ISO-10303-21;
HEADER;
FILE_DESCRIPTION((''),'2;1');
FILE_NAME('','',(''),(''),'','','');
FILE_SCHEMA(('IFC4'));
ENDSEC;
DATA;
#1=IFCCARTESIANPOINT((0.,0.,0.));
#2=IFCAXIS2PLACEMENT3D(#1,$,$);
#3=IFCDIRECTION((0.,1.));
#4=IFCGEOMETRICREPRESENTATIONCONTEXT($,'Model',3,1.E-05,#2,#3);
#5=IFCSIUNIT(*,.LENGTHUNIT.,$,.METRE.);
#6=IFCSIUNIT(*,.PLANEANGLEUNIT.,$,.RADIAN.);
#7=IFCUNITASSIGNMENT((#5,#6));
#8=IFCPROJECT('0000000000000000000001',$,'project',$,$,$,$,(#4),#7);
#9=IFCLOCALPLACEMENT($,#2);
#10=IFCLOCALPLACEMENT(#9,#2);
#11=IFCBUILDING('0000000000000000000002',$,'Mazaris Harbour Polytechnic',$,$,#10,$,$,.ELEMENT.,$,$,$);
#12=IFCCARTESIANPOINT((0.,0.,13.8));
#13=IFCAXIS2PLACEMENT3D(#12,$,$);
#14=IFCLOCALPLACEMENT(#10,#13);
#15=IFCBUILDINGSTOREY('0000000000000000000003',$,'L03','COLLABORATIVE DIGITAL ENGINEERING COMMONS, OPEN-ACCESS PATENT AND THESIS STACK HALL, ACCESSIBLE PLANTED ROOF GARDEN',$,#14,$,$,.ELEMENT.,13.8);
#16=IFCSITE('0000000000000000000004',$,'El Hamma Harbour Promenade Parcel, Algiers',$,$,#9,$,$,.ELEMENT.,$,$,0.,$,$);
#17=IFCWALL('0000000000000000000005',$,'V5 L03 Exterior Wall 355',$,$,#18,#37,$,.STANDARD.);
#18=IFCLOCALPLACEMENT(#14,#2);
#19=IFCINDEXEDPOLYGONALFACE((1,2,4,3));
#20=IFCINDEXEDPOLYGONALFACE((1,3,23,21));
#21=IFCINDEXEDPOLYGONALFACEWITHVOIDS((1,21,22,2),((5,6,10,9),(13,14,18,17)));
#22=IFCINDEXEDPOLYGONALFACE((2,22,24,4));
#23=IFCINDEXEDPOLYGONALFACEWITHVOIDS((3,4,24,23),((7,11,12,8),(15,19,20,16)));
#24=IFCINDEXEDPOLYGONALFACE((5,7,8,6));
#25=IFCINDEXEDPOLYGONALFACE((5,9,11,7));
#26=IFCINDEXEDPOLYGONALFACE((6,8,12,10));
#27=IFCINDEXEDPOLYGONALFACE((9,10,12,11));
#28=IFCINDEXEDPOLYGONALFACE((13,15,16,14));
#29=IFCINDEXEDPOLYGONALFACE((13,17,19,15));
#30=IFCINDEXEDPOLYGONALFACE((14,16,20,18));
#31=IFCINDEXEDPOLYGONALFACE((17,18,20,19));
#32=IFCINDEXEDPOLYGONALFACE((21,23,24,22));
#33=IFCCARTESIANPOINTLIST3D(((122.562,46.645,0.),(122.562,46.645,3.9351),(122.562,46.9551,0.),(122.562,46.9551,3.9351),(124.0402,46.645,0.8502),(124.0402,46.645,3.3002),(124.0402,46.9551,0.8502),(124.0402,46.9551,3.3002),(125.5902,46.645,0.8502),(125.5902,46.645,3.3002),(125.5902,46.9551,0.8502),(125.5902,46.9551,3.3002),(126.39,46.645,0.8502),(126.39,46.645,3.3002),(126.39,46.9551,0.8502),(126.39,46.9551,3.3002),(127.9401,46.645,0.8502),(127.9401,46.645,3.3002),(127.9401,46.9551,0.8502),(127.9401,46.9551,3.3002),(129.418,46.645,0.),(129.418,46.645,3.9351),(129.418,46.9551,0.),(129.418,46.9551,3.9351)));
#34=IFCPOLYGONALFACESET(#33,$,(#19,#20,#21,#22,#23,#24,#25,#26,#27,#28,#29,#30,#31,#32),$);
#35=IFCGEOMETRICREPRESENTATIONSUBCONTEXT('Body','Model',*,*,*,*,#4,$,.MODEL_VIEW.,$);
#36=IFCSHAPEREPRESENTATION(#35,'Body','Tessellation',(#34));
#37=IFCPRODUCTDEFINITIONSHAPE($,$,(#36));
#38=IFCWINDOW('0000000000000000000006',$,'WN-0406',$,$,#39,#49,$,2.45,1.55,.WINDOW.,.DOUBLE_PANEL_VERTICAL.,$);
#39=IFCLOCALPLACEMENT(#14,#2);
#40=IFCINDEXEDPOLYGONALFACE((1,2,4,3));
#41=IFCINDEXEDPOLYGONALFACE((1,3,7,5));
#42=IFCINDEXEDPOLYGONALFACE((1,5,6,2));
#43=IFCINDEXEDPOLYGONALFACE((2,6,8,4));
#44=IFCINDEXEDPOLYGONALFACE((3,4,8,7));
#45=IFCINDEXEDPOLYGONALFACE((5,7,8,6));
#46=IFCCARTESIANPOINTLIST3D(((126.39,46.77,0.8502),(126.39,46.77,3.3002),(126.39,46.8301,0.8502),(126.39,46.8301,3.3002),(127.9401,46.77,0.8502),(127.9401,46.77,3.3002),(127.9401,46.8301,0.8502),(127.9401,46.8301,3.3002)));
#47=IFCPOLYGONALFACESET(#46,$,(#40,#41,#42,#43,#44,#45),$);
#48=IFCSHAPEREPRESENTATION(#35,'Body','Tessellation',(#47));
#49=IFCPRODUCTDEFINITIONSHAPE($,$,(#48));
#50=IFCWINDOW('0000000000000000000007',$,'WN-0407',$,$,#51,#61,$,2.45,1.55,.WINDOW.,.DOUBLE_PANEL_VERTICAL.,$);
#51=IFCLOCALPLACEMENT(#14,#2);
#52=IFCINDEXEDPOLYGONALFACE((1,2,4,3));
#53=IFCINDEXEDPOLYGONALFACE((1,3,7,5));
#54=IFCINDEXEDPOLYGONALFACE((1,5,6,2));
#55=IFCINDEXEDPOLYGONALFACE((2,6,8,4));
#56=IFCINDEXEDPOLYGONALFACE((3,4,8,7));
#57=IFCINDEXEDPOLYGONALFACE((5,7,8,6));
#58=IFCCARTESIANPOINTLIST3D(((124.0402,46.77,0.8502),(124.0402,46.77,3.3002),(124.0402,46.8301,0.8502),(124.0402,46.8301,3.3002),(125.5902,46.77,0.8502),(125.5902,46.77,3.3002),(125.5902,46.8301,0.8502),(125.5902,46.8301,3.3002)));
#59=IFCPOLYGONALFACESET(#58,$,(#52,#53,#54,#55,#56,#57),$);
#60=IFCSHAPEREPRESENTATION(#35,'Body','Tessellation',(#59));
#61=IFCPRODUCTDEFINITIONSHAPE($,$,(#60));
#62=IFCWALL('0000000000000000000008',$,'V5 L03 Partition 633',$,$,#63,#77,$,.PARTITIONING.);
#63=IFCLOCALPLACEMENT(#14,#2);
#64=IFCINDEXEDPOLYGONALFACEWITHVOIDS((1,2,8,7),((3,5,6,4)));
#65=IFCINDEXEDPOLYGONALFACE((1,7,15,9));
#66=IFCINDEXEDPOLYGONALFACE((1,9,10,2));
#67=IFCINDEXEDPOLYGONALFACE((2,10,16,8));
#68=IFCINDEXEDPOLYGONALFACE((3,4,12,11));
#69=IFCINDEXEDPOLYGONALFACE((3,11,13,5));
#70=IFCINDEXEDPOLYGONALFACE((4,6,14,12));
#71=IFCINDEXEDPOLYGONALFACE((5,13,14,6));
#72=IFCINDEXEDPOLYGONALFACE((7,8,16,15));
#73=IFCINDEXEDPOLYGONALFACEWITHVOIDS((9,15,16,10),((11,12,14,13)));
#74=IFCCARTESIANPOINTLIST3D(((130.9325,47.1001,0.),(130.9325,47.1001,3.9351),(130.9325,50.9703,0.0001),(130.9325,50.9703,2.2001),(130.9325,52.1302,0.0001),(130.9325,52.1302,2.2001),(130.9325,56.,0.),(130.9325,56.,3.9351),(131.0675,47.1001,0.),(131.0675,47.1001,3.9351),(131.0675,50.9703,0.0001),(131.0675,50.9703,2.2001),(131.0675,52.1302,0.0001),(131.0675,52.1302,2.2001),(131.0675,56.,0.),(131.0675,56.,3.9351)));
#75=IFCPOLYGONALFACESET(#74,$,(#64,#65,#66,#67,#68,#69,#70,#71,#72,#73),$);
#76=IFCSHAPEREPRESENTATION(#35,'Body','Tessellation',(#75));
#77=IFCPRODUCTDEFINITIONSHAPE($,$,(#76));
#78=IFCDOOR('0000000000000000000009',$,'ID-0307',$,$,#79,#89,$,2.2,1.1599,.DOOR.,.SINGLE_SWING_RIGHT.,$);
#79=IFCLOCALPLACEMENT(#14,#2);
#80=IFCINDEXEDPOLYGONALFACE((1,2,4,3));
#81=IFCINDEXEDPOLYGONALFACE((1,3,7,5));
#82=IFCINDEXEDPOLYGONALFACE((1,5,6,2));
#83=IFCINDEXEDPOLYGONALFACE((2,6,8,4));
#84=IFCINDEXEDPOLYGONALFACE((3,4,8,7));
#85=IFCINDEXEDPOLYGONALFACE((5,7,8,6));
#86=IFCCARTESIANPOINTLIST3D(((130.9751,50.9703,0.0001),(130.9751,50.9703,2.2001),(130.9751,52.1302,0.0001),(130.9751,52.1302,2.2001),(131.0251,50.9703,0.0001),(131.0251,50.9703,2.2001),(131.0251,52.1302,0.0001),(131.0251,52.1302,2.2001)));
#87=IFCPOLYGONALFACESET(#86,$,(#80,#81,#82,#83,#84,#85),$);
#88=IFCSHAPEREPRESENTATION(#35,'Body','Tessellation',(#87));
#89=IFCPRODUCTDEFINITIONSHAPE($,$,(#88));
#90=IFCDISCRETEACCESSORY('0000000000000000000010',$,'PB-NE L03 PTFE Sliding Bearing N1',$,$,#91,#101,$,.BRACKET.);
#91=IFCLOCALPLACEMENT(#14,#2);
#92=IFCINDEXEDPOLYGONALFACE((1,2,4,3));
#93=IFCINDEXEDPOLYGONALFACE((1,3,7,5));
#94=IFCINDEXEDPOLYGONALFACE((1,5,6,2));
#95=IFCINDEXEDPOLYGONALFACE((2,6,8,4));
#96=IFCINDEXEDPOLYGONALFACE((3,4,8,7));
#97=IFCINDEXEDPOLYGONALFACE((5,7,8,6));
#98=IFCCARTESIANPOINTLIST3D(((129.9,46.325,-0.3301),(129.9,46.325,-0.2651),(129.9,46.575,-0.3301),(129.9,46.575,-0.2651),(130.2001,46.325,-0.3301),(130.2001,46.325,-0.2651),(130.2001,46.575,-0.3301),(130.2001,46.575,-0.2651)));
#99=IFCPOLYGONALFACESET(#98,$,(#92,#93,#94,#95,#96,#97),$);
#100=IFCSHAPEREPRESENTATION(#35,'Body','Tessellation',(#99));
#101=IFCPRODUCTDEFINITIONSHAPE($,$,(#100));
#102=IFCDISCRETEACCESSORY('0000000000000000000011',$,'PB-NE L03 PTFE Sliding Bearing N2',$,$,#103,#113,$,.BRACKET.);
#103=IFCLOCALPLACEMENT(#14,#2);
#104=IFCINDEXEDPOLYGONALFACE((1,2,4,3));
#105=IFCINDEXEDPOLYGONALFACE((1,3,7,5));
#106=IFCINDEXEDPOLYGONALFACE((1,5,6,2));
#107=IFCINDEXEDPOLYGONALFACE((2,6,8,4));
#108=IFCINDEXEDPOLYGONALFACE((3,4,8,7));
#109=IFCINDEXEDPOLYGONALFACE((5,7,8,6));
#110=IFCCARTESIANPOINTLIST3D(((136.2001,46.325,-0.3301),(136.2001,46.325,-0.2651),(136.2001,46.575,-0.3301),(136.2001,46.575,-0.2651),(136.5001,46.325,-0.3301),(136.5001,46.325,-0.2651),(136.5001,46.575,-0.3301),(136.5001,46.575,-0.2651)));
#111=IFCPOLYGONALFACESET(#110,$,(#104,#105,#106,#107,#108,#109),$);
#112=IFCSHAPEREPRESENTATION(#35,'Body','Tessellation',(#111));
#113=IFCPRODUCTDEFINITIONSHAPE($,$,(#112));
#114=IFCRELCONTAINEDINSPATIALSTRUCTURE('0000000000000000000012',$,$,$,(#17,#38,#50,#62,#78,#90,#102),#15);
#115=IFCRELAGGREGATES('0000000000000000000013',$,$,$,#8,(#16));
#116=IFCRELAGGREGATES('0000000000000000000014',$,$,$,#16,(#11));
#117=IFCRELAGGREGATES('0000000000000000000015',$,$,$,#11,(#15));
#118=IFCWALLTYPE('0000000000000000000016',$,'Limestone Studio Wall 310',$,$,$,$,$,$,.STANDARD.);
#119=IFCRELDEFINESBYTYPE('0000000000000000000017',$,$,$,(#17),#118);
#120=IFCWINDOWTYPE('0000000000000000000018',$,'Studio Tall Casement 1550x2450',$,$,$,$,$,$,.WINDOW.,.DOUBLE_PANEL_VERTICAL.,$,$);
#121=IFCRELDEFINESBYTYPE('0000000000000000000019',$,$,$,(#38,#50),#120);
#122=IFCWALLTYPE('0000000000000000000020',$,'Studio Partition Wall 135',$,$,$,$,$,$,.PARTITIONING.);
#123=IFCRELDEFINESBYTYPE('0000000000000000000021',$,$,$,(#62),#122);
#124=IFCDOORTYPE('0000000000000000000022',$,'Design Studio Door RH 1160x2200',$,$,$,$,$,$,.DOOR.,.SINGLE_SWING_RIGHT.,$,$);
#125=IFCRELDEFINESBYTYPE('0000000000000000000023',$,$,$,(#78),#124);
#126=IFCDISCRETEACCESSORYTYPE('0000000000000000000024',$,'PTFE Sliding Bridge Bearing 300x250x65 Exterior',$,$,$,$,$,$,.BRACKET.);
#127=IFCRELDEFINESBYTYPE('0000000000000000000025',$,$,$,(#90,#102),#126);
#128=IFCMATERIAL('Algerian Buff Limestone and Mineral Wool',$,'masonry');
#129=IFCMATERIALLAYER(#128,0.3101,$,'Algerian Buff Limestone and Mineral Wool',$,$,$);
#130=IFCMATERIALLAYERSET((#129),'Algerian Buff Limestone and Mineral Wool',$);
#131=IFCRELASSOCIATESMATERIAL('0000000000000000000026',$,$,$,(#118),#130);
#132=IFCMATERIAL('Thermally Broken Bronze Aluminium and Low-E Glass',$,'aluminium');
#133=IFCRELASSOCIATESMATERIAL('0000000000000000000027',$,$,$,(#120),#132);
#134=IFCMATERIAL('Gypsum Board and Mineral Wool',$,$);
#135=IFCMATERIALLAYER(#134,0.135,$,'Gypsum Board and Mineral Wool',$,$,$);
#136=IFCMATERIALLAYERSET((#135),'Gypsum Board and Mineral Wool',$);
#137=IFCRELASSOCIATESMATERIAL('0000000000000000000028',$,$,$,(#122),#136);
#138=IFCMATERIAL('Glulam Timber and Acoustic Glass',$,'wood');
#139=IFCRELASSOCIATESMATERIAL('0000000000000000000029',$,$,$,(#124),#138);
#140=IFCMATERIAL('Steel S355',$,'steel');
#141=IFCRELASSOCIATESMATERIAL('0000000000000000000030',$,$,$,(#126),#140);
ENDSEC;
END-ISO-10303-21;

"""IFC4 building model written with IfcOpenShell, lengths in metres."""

from ifc_helpers import new_model, si_unit, direction, frame, frame_2d, origin, origin_2d, place, context, subcontext, project, spatial, rectangle, extrude, material, layer, layer_set, type_object, element, fill, save


model = new_model("IFC4")

# Units and contexts
model_context = context("Model", 3, precision=1e-05, world=origin(), true_north=direction((0.0, 1.0)))
body_context = subcontext(model_context, "Body", "Model", "MODEL_VIEW")
ifc_project = project(units=[si_unit("LENGTHUNIT", "METRE"), si_unit("PLANEANGLEUNIT", "RADIAN")], contexts=[model_context])

# Site, building, storey
site_placement = place(None, origin())
site = spatial("IfcSite", under=ifc_project, at=site_placement, Name="El Hamma Harbour Promenade Parcel, Algiers", CompositionType="ELEMENT", RefElevation=0.0)
building_placement = place(site_placement, origin())
building = spatial("IfcBuilding", under=site, at=building_placement, Name="Mazaris Harbour Polytechnic", CompositionType="ELEMENT")
storey_placement = place(building_placement, frame((0.0, 0.0, 13.8)))
storey = spatial("IfcBuildingStorey", under=building, at=storey_placement, Name="L03", Description="COLLABORATIVE DIGITAL ENGINEERING COMMONS, OPEN-ACCESS PATENT AND THESIS STACK HALL, ACCESSIBLE PLANTED ROOF GARDEN", CompositionType="ELEMENT", Elevation=13.8)

# Wall, openings, windows
ifc_material_1 = material(Name="Algerian Buff Limestone and Mineral Wool", Category="masonry")
ifc_layer_1 = layer(ifc_material_1, 0.3101, Name="Algerian Buff Limestone and Mineral Wool")
ifc_layer_set_1 = layer_set([ifc_layer_1], Name="Algerian Buff Limestone and Mineral Wool")
wall_type_1 = type_object("IfcWallType", Name="Limestone Studio Wall 310", PredefinedType="STANDARD", material=ifc_layer_set_1)
wall_1_placement = place(storey_placement, frame((129.418, 46.8, 0.0), z_axis=(0.0, 0.0, 1.0), x_axis=(-1.0, 0.0, 0.0)))
wall_1 = element("IfcWall", 1, at=wall_1_placement, inside=storey, type_object=wall_type_1, Name="V5 L03 Exterior Wall 355", PredefinedType="STANDARD", context=body_context, shape_type="SweptSolid", body=[
    extrude(rectangle(XDim=6.856, YDim=0.3101, at=frame_2d((3.428, 0.0))), origin(), (0.0, 0.0, 1.0), 3.9351),
])
opening_1_placement = place(wall_1_placement, frame((1.478, 0.0, 0.8501)))
opening_1 = element("IfcOpeningElement", 2, at=opening_1_placement, cuts=wall_1, PredefinedType="OPENING", context=body_context, shape_type="SweptSolid", body=[
    extrude(rectangle(XDim=1.55, YDim=2.45, at=frame_2d((0.7749, 1.2251))), frame((0.0, 0.165, 0.0), z_axis=(0.0, -1.0, 0.0), x_axis=(1.0, 0.0, 0.0)), (0.0, 0.0, 1.0), 0.3301),
])
opening_2_placement = place(wall_1_placement, frame((3.8279, 0.0, 0.8501)))
opening_2 = element("IfcOpeningElement", 3, at=opening_2_placement, cuts=wall_1, PredefinedType="OPENING", context=body_context, shape_type="SweptSolid", body=[
    extrude(rectangle(XDim=1.55, YDim=2.45, at=frame_2d((0.7749, 1.2251))), frame((0.0, 0.165, 0.0), z_axis=(0.0, -1.0, 0.0), x_axis=(1.0, 0.0, 0.0)), (0.0, 0.0, 1.0), 0.3301),
])
ifc_material_2 = material(Name="Thermally Broken Bronze Aluminium and Low-E Glass", Category="aluminium")
window_type = type_object("IfcWindowType", Name="Studio Tall Casement 1550x2450", PartitioningType="DOUBLE_PANEL_VERTICAL", PredefinedType="WINDOW", material=ifc_material_2)
window_1_placement = place(opening_1_placement, origin())
window_1 = element("IfcWindow", 4, at=window_1_placement, inside=storey, type_object=window_type, Name="WN-0406", OverallHeight=2.45, OverallWidth=1.55, PartitioningType="DOUBLE_PANEL_VERTICAL", PredefinedType="WINDOW", context=body_context, shape_type="SweptSolid", body=[
    extrude(rectangle(XDim=1.55, YDim=2.45, at=frame_2d((0.7749, 1.2251))), frame((0.0, 0.03, 0.0), z_axis=(0.0, -1.0, 0.0), x_axis=(1.0, 0.0, 0.0)), (0.0, 0.0, 1.0), 0.0601),
])
fill(opening_1, window_1)
window_2_placement = place(opening_2_placement, origin())
window_2 = element("IfcWindow", 5, at=window_2_placement, inside=storey, type_object=window_type, Name="WN-0407", OverallHeight=2.45, OverallWidth=1.55, PartitioningType="DOUBLE_PANEL_VERTICAL", PredefinedType="WINDOW", context=body_context, shape_type="SweptSolid", body=[
    extrude(rectangle(XDim=1.55, YDim=2.45, at=frame_2d((0.7749, 1.2251))), frame((0.0, 0.03, 0.0), z_axis=(0.0, -1.0, 0.0), x_axis=(1.0, 0.0, 0.0)), (0.0, 0.0, 1.0), 0.0601),
])
fill(opening_2, window_2)

# Wall, opening, door
ifc_material_3 = material(Name="Gypsum Board and Mineral Wool")
ifc_layer_2 = layer(ifc_material_3, 0.135, Name="Gypsum Board and Mineral Wool")
ifc_layer_set_2 = layer_set([ifc_layer_2], Name="Gypsum Board and Mineral Wool")
wall_type_2 = type_object("IfcWallType", Name="Studio Partition Wall 135", PredefinedType="PARTITIONING", material=ifc_layer_set_2)
wall_2_placement = place(storey_placement, frame((131.0, 47.1001, 0.0), z_axis=(0.0, 0.0, 1.0), x_axis=(0.0, 1.0, 0.0)))
wall_2 = element("IfcWall", 6, at=wall_2_placement, inside=storey, type_object=wall_type_2, Name="V5 L03 Partition 633", PredefinedType="PARTITIONING", context=body_context, shape_type="SweptSolid", body=[
    extrude(rectangle(XDim=8.8999, YDim=0.135, at=frame_2d((4.45, 0.0))), origin(), (0.0, 0.0, 1.0), 3.9351),
])
opening_3_placement = place(wall_2_placement, frame((3.8701, 0.0, 0.0)))
opening_3 = element("IfcOpeningElement", 7, at=opening_3_placement, cuts=wall_2, PredefinedType="OPENING", context=body_context, shape_type="SweptSolid", body=[
    extrude(rectangle(XDim=1.1599, YDim=2.2, at=frame_2d((0.5801, 1.1001))), frame((0.0, 0.0774, 0.0), z_axis=(0.0, -1.0, 0.0), x_axis=(1.0, 0.0, 0.0)), (0.0, 0.0, 1.0), 0.155),
])
ifc_material_4 = material(Name="Glulam Timber and Acoustic Glass", Category="wood")
door_type = type_object("IfcDoorType", Name="Design Studio Door RH 1160x2200", OperationType="SINGLE_SWING_RIGHT", PredefinedType="DOOR", material=ifc_material_4)
door_placement = place(opening_3_placement, origin())
door = element("IfcDoor", 8, at=door_placement, inside=storey, type_object=door_type, Name="ID-0307", OperationType="SINGLE_SWING_RIGHT", OverallHeight=2.2, OverallWidth=1.1599, PredefinedType="DOOR", context=body_context, shape_type="SweptSolid", body=[
    extrude(rectangle(XDim=1.1599, YDim=2.2, at=frame_2d((0.5801, 1.1001))), frame((0.0, 0.0249, 0.0), z_axis=(0.0, -1.0, 0.0), x_axis=(1.0, 0.0, 0.0)), (0.0, 0.0, 1.0), 0.05),
])
fill(opening_3, door)

# Discrete accessories
ifc_material_5 = material(Name="Steel S355", Category="steel")
discrete_accessory_type = type_object("IfcDiscreteAccessoryType", Name="PTFE Sliding Bridge Bearing 300x250x65 Exterior", PredefinedType="BRACKET", material=ifc_material_5)
for number, where, z_axis, x_axis, name in (
    (9, (130.05, 46.45, -0.3301), (0.0, 0.0, 1.0), (1.0, 0.0, 0.0), "PB-NE L03 PTFE Sliding Bearing N1"),
    (10, (136.3501, 46.45, -0.3301), (0.0, 0.0, 1.0), (1.0, 0.0, 0.0), "PB-NE L03 PTFE Sliding Bearing N2"),
):
    element("IfcDiscreteAccessory", number, at=place(storey_placement, frame(where, z_axis=z_axis, x_axis=x_axis)), inside=storey, type_object=discrete_accessory_type, Name=name, PredefinedType="BRACKET", context=body_context, shape_type="SweptSolid", body=[
        extrude(rectangle(XDim=0.3, YDim=0.25, at=origin_2d()), origin(), (0.0, 0.0, 1.0), 0.0649),
    ])

save(model, "model.ifc")
